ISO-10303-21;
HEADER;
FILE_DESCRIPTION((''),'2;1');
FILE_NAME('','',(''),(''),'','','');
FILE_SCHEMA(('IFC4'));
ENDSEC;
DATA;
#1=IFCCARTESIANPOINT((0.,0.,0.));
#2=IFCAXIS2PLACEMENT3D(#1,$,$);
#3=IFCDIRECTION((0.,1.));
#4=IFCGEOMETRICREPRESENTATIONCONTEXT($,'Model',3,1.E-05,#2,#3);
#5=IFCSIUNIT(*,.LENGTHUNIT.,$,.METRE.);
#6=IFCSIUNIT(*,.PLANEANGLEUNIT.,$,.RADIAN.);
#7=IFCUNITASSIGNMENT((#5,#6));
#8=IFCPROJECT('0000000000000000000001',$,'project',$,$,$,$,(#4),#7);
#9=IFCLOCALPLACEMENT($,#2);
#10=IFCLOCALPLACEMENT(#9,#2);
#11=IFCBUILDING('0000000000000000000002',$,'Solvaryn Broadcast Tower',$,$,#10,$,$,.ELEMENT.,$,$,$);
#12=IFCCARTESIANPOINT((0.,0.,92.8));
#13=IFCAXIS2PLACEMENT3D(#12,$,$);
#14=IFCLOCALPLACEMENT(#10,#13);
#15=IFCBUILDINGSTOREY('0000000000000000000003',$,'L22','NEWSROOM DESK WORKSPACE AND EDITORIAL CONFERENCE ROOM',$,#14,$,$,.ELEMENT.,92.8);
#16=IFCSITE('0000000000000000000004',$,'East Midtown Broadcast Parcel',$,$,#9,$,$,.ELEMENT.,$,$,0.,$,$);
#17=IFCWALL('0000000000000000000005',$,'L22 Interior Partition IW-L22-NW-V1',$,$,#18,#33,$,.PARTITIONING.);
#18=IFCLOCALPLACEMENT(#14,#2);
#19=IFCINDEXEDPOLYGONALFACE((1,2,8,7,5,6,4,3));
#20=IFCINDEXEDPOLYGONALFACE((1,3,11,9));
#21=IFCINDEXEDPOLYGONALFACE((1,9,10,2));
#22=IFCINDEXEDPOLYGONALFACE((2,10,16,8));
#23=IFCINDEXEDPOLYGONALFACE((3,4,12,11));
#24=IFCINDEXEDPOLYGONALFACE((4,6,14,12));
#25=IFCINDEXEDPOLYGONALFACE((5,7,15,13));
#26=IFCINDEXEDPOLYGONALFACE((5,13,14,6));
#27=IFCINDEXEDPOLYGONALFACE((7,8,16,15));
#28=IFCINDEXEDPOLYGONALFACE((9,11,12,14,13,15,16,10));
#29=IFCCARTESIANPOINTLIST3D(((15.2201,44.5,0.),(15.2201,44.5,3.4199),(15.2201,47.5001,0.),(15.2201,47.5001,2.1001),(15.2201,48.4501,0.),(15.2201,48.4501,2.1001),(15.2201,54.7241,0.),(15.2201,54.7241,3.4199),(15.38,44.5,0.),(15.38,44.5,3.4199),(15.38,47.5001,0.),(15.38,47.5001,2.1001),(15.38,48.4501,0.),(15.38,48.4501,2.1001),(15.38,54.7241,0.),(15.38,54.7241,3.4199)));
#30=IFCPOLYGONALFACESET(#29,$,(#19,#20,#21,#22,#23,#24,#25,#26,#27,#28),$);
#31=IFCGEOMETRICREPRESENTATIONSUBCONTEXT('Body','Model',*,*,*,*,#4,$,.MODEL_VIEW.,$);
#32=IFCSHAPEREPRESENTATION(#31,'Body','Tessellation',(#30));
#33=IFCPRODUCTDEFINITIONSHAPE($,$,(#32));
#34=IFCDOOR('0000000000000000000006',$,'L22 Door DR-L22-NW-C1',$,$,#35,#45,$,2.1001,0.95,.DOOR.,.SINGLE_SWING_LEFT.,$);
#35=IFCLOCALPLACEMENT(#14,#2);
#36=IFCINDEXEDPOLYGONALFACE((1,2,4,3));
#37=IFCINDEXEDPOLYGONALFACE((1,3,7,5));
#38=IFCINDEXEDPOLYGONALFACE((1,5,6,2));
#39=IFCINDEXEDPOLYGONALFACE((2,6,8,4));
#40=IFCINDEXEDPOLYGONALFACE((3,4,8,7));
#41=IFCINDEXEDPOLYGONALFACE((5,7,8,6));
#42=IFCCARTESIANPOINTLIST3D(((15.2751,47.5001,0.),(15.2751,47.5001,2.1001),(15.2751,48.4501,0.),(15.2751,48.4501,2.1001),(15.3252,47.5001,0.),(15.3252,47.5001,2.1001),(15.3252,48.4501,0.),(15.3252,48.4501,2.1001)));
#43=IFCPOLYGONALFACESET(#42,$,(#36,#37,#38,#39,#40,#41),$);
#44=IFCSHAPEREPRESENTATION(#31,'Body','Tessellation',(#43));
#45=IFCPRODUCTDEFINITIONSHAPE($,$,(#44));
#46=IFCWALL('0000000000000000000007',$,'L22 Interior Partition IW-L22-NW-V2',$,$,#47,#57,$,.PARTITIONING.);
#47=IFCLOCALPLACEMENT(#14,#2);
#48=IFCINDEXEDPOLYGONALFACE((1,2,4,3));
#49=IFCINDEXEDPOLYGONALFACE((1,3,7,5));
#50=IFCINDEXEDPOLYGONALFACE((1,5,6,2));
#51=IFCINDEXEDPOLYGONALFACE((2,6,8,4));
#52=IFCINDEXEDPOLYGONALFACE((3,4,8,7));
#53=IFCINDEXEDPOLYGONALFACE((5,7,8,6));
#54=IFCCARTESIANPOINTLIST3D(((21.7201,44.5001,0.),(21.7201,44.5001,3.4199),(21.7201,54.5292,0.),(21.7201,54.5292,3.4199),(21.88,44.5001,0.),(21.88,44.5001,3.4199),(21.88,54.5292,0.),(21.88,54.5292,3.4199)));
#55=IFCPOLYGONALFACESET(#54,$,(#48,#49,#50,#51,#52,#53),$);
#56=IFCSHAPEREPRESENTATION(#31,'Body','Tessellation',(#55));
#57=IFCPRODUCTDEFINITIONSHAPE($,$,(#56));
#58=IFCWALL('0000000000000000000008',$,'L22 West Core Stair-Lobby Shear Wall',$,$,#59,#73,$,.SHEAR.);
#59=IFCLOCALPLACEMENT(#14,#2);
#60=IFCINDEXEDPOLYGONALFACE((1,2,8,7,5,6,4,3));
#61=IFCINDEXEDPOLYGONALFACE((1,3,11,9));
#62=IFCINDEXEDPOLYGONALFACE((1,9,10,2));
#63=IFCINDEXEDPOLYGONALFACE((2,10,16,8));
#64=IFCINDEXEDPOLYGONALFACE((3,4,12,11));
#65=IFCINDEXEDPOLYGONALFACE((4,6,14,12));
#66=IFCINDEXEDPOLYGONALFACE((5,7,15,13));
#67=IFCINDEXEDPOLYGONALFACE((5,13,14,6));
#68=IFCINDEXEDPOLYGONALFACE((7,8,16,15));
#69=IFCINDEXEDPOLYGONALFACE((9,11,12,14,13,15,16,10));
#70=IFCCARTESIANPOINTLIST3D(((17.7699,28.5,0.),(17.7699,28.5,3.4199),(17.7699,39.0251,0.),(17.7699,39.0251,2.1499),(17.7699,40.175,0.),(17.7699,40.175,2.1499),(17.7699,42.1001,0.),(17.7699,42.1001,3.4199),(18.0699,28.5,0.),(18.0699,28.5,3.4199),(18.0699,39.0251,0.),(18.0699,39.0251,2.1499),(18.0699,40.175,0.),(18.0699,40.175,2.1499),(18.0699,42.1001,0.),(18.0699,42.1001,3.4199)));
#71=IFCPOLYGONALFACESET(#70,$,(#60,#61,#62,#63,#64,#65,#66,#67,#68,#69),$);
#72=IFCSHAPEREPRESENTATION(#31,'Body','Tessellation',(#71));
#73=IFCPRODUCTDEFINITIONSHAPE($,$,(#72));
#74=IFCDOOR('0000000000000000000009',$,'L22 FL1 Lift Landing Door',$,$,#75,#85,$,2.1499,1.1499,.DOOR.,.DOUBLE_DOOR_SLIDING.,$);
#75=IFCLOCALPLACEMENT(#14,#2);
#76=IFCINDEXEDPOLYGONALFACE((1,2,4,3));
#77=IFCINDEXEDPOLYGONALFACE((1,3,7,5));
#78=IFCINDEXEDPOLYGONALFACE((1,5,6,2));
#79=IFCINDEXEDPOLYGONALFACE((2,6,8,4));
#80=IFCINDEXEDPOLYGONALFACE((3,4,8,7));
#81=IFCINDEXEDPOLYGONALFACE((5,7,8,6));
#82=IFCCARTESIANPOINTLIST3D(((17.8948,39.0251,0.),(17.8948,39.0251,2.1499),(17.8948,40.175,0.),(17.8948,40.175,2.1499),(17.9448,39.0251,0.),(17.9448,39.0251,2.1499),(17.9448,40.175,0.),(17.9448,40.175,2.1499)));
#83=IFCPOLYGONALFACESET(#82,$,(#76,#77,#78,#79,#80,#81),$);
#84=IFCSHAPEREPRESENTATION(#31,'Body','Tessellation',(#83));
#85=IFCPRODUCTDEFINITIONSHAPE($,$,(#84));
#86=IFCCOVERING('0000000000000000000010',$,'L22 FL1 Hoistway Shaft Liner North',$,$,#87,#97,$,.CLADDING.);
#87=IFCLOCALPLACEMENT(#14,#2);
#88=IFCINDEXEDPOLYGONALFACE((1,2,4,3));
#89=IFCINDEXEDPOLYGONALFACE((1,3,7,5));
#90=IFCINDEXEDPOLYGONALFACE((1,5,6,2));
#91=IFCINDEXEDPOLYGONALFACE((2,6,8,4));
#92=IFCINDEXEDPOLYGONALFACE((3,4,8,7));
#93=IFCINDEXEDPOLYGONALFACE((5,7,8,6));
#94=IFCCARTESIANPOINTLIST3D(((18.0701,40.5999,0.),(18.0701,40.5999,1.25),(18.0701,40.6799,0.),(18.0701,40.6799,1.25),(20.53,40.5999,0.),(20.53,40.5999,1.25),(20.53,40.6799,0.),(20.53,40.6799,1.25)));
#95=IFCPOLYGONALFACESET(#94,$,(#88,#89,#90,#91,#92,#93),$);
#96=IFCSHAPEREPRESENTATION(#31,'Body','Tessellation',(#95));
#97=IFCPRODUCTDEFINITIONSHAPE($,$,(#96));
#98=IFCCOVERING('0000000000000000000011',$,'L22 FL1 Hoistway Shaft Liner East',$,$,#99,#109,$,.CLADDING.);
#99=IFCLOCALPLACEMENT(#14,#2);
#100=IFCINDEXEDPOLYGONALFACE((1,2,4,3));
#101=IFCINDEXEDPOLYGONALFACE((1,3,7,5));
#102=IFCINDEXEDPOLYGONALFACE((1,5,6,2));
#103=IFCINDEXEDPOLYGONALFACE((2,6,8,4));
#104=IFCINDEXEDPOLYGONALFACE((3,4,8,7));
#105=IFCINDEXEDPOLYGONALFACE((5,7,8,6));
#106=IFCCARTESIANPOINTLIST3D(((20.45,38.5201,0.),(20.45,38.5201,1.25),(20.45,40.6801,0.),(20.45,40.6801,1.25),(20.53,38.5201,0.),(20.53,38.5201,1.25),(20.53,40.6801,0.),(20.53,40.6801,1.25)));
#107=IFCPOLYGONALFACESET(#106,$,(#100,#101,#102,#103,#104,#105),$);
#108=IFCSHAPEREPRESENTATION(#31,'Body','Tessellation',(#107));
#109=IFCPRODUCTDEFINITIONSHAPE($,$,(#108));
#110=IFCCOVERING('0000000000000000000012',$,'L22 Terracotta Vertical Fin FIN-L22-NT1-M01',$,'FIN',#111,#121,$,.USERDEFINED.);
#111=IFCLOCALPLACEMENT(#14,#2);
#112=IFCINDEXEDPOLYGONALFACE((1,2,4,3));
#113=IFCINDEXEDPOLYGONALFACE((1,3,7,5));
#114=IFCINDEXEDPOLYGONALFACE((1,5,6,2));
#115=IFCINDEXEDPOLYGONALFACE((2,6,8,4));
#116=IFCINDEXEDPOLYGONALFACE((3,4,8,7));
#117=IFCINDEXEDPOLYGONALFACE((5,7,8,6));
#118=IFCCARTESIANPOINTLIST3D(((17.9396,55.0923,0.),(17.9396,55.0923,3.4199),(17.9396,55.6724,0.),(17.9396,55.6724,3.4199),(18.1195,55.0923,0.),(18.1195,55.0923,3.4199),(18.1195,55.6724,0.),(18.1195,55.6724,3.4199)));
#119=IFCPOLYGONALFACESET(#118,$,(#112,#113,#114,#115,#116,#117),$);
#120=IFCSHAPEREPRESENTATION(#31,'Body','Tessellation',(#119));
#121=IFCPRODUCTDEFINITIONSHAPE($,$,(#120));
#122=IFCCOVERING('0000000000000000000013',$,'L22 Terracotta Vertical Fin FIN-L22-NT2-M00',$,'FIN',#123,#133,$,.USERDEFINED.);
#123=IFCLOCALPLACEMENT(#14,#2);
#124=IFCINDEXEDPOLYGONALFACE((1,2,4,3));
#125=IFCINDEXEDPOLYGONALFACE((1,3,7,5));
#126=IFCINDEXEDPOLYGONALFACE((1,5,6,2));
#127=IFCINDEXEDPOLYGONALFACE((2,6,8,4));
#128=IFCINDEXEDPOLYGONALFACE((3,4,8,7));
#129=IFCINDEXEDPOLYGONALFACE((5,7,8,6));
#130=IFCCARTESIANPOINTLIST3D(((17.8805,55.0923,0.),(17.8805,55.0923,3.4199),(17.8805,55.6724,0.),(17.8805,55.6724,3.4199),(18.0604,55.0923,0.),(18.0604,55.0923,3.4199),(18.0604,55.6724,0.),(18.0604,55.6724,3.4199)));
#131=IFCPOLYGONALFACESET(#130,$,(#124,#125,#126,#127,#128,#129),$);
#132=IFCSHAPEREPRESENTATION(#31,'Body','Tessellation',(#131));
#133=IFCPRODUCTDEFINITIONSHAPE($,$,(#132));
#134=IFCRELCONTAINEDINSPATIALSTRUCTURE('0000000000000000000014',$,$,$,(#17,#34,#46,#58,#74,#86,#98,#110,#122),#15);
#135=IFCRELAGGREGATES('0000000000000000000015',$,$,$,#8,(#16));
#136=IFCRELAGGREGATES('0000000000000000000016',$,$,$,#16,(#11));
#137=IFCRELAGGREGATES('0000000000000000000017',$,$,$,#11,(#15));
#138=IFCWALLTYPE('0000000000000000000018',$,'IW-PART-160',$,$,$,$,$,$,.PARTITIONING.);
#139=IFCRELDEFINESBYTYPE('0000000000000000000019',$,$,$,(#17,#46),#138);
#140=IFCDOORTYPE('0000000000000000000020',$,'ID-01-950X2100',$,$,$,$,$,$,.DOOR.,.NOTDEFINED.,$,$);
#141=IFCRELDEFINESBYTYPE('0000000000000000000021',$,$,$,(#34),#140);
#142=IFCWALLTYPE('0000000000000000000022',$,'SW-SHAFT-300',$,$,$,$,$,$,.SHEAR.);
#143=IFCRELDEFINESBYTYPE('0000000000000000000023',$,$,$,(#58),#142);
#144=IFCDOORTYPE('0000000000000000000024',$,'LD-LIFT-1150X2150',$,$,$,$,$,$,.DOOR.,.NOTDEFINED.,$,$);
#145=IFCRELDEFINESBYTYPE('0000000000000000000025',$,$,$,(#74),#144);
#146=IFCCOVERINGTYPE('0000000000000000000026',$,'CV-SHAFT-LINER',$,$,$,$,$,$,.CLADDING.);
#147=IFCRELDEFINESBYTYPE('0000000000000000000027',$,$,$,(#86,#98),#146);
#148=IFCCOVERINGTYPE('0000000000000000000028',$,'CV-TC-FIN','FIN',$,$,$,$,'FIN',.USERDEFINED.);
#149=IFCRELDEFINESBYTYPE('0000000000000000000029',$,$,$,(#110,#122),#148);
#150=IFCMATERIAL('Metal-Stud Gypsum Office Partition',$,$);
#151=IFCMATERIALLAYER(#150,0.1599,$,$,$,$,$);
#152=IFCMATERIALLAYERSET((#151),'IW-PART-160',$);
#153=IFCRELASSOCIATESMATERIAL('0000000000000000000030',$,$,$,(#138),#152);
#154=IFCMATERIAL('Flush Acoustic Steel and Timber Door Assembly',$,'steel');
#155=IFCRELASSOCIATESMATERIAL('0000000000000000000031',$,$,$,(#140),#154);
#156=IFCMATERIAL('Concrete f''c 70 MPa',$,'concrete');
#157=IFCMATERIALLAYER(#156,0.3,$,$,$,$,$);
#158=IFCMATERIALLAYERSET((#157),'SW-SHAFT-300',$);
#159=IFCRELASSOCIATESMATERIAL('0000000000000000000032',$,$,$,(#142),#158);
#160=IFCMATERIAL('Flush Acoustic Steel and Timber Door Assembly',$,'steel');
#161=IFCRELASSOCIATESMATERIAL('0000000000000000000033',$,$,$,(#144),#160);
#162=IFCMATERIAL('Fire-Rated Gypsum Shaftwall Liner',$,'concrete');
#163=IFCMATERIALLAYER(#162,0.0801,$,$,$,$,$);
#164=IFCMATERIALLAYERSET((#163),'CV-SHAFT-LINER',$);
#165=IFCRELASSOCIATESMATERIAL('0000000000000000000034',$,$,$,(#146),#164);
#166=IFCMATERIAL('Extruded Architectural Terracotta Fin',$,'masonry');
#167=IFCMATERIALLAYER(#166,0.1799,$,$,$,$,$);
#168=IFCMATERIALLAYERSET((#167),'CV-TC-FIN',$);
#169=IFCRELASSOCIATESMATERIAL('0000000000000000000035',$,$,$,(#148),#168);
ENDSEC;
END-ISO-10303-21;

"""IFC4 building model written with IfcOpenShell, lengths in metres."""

from ifc_helpers import new_model, si_unit, direction, frame, frame_2d, origin, origin_2d, place, context, subcontext, project, spatial, rectangle, extrude, material, layer, layer_set, type_object, element, fill, save


model = new_model("IFC4")

# Units and contexts
model_context = context("Model", 3, precision=1e-05, world=origin(), true_north=direction((0.0, 1.0)))
body_context = subcontext(model_context, "Body", "Model", "MODEL_VIEW")
ifc_project = project(units=[si_unit("LENGTHUNIT", "METRE"), si_unit("PLANEANGLEUNIT", "RADIAN")], contexts=[model_context])

# Site, building, storey
site_placement = place(None, origin())
site = spatial("IfcSite", under=ifc_project, at=site_placement, Name="East Midtown Broadcast Parcel", CompositionType="ELEMENT", RefElevation=0.0)
building_placement = place(site_placement, origin())
building = spatial("IfcBuilding", under=site, at=building_placement, Name="Solvaryn Broadcast Tower", CompositionType="ELEMENT")
storey_placement = place(building_placement, frame((0.0, 0.0, 92.8)))
storey = spatial("IfcBuildingStorey", under=building, at=storey_placement, Name="L22", Description="NEWSROOM DESK WORKSPACE AND EDITORIAL CONFERENCE ROOM", CompositionType="ELEMENT", Elevation=92.8)

# Wall, opening, door
ifc_material_1 = material(Name="Metal-Stud Gypsum Office Partition")
ifc_layer_1 = layer(ifc_material_1, 0.1599)
ifc_layer_set_1 = layer_set([ifc_layer_1], Name="IW-PART-160")
wall_type_1 = type_object("IfcWallType", Name="IW-PART-160", PredefinedType="PARTITIONING", material=ifc_layer_set_1)
wall_1_placement = place(storey_placement, frame((15.3, 44.5, 0.0), z_axis=(0.0, 0.0, 1.0), x_axis=(0.0, 1.0, 0.0)))
wall_1 = element("IfcWall", 1, at=wall_1_placement, inside=storey, type_object=wall_type_1, Name="L22 Interior Partition IW-L22-NW-V1", PredefinedType="PARTITIONING", context=body_context, shape_type="SweptSolid", body=[
    extrude(rectangle(XDim=10.2241, YDim=0.1599, at=frame_2d((5.1121, 0.0))), origin(), (0.0, 0.0, 1.0), 3.4199),
])
opening_1_placement = place(wall_1_placement, frame((3.0, 0.0, 0.0)))
opening_1 = element("IfcOpeningElement", 2, at=opening_1_placement, cuts=wall_1, PredefinedType="OPENING", context=body_context, shape_type="SweptSolid", body=[
    extrude(rectangle(XDim=0.95, YDim=2.1001, at=frame_2d((0.4751, 1.05))), frame((0.0, 0.0901, 0.0), z_axis=(0.0, -1.0, 0.0), x_axis=(1.0, 0.0, 0.0)), (0.0, 0.0, 1.0), 0.1799),
])
ifc_material_2 = material(Name="Flush Acoustic Steel and Timber Door Assembly", Category="steel")
door_type_1 = type_object("IfcDoorType", Name="ID-01-950X2100", OperationType="NOTDEFINED", PredefinedType="DOOR", material=ifc_material_2)
door_1_placement = place(opening_1_placement, origin())
door_1 = element("IfcDoor", 3, at=door_1_placement, inside=storey, type_object=door_type_1, Name="L22 Door DR-L22-NW-C1", OperationType="SINGLE_SWING_LEFT", OverallHeight=2.1001, OverallWidth=0.95, PredefinedType="DOOR", context=body_context, shape_type="SweptSolid", body=[
    extrude(rectangle(XDim=0.95, YDim=2.1001, at=frame_2d((0.4751, 1.05))), frame((0.0, 0.0249, 0.0), z_axis=(0.0, -1.0, 0.0), x_axis=(1.0, 0.0, 0.0)), (0.0, 0.0, 1.0), 0.05),
])
fill(opening_1, door_1)

# Wall
wall_2_placement = place(storey_placement, frame((21.8, 44.5, 0.0), z_axis=(0.0, 0.0, 1.0), x_axis=(0.0, 1.0, 0.0)))
element("IfcWall", 4, at=wall_2_placement, inside=storey, type_object=wall_type_1, Name="L22 Interior Partition IW-L22-NW-V2", PredefinedType="PARTITIONING", context=body_context, shape_type="SweptSolid", body=[
    extrude(rectangle(XDim=10.0291, YDim=0.1599, at=frame_2d((5.0146, 0.0))), origin(), (0.0, 0.0, 1.0), 3.4199),
])

# Wall, opening, door
ifc_material_3 = material(Name="Concrete f'c 70 MPa", Category="concrete")
ifc_layer_2 = layer(ifc_material_3, 0.3)
ifc_layer_set_2 = layer_set([ifc_layer_2], Name="SW-SHAFT-300")
wall_type_2 = type_object("IfcWallType", Name="SW-SHAFT-300", PredefinedType="SHEAR", material=ifc_layer_set_2)
wall_3_placement = place(storey_placement, frame((17.9199, 42.1001, 0.0), z_axis=(0.0, 0.0, 1.0), x_axis=(0.0, -1.0, 0.0)))
wall_3 = element("IfcWall", 5, at=wall_3_placement, inside=storey, type_object=wall_type_2, Name="L22 West Core Stair-Lobby Shear Wall", PredefinedType="SHEAR", context=body_context, shape_type="SweptSolid", body=[
    extrude(rectangle(XDim=13.6001, YDim=0.3, at=frame_2d((6.8, 0.0))), origin(), (0.0, 0.0, 1.0), 3.4199),
])
opening_2_placement = place(wall_3_placement, frame((1.925, 0.0, 0.0)))
opening_2 = element("IfcOpeningElement", 6, at=opening_2_placement, cuts=wall_3, PredefinedType="OPENING", context=body_context, shape_type="SweptSolid", body=[
    extrude(rectangle(XDim=1.1499, YDim=2.1499, at=frame_2d((0.575, 1.075))), frame((0.0, 0.1599, 0.0), z_axis=(0.0, -1.0, 0.0), x_axis=(1.0, 0.0, 0.0)), (0.0, 0.0, 1.0), 0.3201),
])
ifc_material_4 = material(Name="Flush Acoustic Steel and Timber Door Assembly", Category="steel")
door_type_2 = type_object("IfcDoorType", Name="LD-LIFT-1150X2150", OperationType="NOTDEFINED", PredefinedType="DOOR", material=ifc_material_4)
door_2_placement = place(opening_2_placement, origin())
door_2 = element("IfcDoor", 7, at=door_2_placement, inside=storey, type_object=door_type_2, Name="L22 FL1 Lift Landing Door", OperationType="DOUBLE_DOOR_SLIDING", OverallHeight=2.1499, OverallWidth=1.1499, PredefinedType="DOOR", context=body_context, shape_type="SweptSolid", body=[
    extrude(rectangle(XDim=1.1499, YDim=2.1499, at=frame_2d((0.575, 1.075))), frame((0.0, 0.0249, 0.0), z_axis=(0.0, -1.0, 0.0), x_axis=(1.0, 0.0, 0.0)), (0.0, 0.0, 1.0), 0.05),
])
fill(opening_2, door_2)

# Coverings
ifc_material_5 = material(Name="Fire-Rated Gypsum Shaftwall Liner", Category="concrete")
ifc_layer_3 = layer(ifc_material_5, 0.0801)
ifc_layer_set_3 = layer_set([ifc_layer_3], Name="CV-SHAFT-LINER")
covering_type_1 = type_object("IfcCoveringType", Name="CV-SHAFT-LINER", PredefinedType="CLADDING", material=ifc_layer_set_3)
covering_1_placement = place(storey_placement, frame((19.3, 40.6399, 0.0), z_axis=(0.0, 0.0, 1.0), x_axis=(1.0, 0.0, 0.0)))
element("IfcCovering", 8, at=covering_1_placement, inside=storey, type_object=covering_type_1, Name="L22 FL1 Hoistway Shaft Liner North", PredefinedType="CLADDING", context=body_context, shape_type="SweptSolid", body=[
    extrude(rectangle(XDim=2.46, YDim=0.0801, at=origin_2d()), origin(), (0.0, 0.0, 1.0), 1.25),
])
covering_2_placement = place(storey_placement, frame((20.49, 39.6001, 0.0), z_axis=(0.0, 0.0, 1.0), x_axis=(1.0, 0.0, 0.0)))
element("IfcCovering", 9, at=covering_2_placement, inside=storey, type_object=covering_type_1, Name="L22 FL1 Hoistway Shaft Liner East", PredefinedType="CLADDING", context=body_context, shape_type="SweptSolid", body=[
    extrude(rectangle(XDim=0.0801, YDim=2.1599, at=origin_2d()), origin(), (0.0, 0.0, 1.0), 1.25),
])
ifc_material_6 = material(Name="Extruded Architectural Terracotta Fin", Category="masonry")
ifc_layer_4 = layer(ifc_material_6, 0.1799)
ifc_layer_set_4 = layer_set([ifc_layer_4], Name="CV-TC-FIN")
covering_type_2 = type_object("IfcCoveringType", Name="CV-TC-FIN", Description="FIN", ElementType="FIN", PredefinedType="USERDEFINED", material=ifc_layer_set_4)
for number, where, z_axis, x_axis, name in (
    (10, (18.0295, 55.3823, 0.0), (0.0, 0.0, 1.0), (1.0, 0.0, 0.0), "L22 Terracotta Vertical Fin FIN-L22-NT1-M01"),
    (11, (17.9705, 55.3823, 0.0), (0.0, 0.0, 1.0), (1.0, 0.0, 0.0), "L22 Terracotta Vertical Fin FIN-L22-NT2-M00"),
):
    element("IfcCovering", number, at=place(storey_placement, frame(where, z_axis=z_axis, x_axis=x_axis)), inside=storey, type_object=covering_type_2, Name=name, ObjectType="FIN", PredefinedType="USERDEFINED", context=body_context, shape_type="SweptSolid", body=[
        extrude(rectangle(XDim=0.1799, YDim=0.5801, at=origin_2d()), origin(), (0.0, 0.0, 1.0), 3.4199),
    ])

save(model, "model.ifc")
